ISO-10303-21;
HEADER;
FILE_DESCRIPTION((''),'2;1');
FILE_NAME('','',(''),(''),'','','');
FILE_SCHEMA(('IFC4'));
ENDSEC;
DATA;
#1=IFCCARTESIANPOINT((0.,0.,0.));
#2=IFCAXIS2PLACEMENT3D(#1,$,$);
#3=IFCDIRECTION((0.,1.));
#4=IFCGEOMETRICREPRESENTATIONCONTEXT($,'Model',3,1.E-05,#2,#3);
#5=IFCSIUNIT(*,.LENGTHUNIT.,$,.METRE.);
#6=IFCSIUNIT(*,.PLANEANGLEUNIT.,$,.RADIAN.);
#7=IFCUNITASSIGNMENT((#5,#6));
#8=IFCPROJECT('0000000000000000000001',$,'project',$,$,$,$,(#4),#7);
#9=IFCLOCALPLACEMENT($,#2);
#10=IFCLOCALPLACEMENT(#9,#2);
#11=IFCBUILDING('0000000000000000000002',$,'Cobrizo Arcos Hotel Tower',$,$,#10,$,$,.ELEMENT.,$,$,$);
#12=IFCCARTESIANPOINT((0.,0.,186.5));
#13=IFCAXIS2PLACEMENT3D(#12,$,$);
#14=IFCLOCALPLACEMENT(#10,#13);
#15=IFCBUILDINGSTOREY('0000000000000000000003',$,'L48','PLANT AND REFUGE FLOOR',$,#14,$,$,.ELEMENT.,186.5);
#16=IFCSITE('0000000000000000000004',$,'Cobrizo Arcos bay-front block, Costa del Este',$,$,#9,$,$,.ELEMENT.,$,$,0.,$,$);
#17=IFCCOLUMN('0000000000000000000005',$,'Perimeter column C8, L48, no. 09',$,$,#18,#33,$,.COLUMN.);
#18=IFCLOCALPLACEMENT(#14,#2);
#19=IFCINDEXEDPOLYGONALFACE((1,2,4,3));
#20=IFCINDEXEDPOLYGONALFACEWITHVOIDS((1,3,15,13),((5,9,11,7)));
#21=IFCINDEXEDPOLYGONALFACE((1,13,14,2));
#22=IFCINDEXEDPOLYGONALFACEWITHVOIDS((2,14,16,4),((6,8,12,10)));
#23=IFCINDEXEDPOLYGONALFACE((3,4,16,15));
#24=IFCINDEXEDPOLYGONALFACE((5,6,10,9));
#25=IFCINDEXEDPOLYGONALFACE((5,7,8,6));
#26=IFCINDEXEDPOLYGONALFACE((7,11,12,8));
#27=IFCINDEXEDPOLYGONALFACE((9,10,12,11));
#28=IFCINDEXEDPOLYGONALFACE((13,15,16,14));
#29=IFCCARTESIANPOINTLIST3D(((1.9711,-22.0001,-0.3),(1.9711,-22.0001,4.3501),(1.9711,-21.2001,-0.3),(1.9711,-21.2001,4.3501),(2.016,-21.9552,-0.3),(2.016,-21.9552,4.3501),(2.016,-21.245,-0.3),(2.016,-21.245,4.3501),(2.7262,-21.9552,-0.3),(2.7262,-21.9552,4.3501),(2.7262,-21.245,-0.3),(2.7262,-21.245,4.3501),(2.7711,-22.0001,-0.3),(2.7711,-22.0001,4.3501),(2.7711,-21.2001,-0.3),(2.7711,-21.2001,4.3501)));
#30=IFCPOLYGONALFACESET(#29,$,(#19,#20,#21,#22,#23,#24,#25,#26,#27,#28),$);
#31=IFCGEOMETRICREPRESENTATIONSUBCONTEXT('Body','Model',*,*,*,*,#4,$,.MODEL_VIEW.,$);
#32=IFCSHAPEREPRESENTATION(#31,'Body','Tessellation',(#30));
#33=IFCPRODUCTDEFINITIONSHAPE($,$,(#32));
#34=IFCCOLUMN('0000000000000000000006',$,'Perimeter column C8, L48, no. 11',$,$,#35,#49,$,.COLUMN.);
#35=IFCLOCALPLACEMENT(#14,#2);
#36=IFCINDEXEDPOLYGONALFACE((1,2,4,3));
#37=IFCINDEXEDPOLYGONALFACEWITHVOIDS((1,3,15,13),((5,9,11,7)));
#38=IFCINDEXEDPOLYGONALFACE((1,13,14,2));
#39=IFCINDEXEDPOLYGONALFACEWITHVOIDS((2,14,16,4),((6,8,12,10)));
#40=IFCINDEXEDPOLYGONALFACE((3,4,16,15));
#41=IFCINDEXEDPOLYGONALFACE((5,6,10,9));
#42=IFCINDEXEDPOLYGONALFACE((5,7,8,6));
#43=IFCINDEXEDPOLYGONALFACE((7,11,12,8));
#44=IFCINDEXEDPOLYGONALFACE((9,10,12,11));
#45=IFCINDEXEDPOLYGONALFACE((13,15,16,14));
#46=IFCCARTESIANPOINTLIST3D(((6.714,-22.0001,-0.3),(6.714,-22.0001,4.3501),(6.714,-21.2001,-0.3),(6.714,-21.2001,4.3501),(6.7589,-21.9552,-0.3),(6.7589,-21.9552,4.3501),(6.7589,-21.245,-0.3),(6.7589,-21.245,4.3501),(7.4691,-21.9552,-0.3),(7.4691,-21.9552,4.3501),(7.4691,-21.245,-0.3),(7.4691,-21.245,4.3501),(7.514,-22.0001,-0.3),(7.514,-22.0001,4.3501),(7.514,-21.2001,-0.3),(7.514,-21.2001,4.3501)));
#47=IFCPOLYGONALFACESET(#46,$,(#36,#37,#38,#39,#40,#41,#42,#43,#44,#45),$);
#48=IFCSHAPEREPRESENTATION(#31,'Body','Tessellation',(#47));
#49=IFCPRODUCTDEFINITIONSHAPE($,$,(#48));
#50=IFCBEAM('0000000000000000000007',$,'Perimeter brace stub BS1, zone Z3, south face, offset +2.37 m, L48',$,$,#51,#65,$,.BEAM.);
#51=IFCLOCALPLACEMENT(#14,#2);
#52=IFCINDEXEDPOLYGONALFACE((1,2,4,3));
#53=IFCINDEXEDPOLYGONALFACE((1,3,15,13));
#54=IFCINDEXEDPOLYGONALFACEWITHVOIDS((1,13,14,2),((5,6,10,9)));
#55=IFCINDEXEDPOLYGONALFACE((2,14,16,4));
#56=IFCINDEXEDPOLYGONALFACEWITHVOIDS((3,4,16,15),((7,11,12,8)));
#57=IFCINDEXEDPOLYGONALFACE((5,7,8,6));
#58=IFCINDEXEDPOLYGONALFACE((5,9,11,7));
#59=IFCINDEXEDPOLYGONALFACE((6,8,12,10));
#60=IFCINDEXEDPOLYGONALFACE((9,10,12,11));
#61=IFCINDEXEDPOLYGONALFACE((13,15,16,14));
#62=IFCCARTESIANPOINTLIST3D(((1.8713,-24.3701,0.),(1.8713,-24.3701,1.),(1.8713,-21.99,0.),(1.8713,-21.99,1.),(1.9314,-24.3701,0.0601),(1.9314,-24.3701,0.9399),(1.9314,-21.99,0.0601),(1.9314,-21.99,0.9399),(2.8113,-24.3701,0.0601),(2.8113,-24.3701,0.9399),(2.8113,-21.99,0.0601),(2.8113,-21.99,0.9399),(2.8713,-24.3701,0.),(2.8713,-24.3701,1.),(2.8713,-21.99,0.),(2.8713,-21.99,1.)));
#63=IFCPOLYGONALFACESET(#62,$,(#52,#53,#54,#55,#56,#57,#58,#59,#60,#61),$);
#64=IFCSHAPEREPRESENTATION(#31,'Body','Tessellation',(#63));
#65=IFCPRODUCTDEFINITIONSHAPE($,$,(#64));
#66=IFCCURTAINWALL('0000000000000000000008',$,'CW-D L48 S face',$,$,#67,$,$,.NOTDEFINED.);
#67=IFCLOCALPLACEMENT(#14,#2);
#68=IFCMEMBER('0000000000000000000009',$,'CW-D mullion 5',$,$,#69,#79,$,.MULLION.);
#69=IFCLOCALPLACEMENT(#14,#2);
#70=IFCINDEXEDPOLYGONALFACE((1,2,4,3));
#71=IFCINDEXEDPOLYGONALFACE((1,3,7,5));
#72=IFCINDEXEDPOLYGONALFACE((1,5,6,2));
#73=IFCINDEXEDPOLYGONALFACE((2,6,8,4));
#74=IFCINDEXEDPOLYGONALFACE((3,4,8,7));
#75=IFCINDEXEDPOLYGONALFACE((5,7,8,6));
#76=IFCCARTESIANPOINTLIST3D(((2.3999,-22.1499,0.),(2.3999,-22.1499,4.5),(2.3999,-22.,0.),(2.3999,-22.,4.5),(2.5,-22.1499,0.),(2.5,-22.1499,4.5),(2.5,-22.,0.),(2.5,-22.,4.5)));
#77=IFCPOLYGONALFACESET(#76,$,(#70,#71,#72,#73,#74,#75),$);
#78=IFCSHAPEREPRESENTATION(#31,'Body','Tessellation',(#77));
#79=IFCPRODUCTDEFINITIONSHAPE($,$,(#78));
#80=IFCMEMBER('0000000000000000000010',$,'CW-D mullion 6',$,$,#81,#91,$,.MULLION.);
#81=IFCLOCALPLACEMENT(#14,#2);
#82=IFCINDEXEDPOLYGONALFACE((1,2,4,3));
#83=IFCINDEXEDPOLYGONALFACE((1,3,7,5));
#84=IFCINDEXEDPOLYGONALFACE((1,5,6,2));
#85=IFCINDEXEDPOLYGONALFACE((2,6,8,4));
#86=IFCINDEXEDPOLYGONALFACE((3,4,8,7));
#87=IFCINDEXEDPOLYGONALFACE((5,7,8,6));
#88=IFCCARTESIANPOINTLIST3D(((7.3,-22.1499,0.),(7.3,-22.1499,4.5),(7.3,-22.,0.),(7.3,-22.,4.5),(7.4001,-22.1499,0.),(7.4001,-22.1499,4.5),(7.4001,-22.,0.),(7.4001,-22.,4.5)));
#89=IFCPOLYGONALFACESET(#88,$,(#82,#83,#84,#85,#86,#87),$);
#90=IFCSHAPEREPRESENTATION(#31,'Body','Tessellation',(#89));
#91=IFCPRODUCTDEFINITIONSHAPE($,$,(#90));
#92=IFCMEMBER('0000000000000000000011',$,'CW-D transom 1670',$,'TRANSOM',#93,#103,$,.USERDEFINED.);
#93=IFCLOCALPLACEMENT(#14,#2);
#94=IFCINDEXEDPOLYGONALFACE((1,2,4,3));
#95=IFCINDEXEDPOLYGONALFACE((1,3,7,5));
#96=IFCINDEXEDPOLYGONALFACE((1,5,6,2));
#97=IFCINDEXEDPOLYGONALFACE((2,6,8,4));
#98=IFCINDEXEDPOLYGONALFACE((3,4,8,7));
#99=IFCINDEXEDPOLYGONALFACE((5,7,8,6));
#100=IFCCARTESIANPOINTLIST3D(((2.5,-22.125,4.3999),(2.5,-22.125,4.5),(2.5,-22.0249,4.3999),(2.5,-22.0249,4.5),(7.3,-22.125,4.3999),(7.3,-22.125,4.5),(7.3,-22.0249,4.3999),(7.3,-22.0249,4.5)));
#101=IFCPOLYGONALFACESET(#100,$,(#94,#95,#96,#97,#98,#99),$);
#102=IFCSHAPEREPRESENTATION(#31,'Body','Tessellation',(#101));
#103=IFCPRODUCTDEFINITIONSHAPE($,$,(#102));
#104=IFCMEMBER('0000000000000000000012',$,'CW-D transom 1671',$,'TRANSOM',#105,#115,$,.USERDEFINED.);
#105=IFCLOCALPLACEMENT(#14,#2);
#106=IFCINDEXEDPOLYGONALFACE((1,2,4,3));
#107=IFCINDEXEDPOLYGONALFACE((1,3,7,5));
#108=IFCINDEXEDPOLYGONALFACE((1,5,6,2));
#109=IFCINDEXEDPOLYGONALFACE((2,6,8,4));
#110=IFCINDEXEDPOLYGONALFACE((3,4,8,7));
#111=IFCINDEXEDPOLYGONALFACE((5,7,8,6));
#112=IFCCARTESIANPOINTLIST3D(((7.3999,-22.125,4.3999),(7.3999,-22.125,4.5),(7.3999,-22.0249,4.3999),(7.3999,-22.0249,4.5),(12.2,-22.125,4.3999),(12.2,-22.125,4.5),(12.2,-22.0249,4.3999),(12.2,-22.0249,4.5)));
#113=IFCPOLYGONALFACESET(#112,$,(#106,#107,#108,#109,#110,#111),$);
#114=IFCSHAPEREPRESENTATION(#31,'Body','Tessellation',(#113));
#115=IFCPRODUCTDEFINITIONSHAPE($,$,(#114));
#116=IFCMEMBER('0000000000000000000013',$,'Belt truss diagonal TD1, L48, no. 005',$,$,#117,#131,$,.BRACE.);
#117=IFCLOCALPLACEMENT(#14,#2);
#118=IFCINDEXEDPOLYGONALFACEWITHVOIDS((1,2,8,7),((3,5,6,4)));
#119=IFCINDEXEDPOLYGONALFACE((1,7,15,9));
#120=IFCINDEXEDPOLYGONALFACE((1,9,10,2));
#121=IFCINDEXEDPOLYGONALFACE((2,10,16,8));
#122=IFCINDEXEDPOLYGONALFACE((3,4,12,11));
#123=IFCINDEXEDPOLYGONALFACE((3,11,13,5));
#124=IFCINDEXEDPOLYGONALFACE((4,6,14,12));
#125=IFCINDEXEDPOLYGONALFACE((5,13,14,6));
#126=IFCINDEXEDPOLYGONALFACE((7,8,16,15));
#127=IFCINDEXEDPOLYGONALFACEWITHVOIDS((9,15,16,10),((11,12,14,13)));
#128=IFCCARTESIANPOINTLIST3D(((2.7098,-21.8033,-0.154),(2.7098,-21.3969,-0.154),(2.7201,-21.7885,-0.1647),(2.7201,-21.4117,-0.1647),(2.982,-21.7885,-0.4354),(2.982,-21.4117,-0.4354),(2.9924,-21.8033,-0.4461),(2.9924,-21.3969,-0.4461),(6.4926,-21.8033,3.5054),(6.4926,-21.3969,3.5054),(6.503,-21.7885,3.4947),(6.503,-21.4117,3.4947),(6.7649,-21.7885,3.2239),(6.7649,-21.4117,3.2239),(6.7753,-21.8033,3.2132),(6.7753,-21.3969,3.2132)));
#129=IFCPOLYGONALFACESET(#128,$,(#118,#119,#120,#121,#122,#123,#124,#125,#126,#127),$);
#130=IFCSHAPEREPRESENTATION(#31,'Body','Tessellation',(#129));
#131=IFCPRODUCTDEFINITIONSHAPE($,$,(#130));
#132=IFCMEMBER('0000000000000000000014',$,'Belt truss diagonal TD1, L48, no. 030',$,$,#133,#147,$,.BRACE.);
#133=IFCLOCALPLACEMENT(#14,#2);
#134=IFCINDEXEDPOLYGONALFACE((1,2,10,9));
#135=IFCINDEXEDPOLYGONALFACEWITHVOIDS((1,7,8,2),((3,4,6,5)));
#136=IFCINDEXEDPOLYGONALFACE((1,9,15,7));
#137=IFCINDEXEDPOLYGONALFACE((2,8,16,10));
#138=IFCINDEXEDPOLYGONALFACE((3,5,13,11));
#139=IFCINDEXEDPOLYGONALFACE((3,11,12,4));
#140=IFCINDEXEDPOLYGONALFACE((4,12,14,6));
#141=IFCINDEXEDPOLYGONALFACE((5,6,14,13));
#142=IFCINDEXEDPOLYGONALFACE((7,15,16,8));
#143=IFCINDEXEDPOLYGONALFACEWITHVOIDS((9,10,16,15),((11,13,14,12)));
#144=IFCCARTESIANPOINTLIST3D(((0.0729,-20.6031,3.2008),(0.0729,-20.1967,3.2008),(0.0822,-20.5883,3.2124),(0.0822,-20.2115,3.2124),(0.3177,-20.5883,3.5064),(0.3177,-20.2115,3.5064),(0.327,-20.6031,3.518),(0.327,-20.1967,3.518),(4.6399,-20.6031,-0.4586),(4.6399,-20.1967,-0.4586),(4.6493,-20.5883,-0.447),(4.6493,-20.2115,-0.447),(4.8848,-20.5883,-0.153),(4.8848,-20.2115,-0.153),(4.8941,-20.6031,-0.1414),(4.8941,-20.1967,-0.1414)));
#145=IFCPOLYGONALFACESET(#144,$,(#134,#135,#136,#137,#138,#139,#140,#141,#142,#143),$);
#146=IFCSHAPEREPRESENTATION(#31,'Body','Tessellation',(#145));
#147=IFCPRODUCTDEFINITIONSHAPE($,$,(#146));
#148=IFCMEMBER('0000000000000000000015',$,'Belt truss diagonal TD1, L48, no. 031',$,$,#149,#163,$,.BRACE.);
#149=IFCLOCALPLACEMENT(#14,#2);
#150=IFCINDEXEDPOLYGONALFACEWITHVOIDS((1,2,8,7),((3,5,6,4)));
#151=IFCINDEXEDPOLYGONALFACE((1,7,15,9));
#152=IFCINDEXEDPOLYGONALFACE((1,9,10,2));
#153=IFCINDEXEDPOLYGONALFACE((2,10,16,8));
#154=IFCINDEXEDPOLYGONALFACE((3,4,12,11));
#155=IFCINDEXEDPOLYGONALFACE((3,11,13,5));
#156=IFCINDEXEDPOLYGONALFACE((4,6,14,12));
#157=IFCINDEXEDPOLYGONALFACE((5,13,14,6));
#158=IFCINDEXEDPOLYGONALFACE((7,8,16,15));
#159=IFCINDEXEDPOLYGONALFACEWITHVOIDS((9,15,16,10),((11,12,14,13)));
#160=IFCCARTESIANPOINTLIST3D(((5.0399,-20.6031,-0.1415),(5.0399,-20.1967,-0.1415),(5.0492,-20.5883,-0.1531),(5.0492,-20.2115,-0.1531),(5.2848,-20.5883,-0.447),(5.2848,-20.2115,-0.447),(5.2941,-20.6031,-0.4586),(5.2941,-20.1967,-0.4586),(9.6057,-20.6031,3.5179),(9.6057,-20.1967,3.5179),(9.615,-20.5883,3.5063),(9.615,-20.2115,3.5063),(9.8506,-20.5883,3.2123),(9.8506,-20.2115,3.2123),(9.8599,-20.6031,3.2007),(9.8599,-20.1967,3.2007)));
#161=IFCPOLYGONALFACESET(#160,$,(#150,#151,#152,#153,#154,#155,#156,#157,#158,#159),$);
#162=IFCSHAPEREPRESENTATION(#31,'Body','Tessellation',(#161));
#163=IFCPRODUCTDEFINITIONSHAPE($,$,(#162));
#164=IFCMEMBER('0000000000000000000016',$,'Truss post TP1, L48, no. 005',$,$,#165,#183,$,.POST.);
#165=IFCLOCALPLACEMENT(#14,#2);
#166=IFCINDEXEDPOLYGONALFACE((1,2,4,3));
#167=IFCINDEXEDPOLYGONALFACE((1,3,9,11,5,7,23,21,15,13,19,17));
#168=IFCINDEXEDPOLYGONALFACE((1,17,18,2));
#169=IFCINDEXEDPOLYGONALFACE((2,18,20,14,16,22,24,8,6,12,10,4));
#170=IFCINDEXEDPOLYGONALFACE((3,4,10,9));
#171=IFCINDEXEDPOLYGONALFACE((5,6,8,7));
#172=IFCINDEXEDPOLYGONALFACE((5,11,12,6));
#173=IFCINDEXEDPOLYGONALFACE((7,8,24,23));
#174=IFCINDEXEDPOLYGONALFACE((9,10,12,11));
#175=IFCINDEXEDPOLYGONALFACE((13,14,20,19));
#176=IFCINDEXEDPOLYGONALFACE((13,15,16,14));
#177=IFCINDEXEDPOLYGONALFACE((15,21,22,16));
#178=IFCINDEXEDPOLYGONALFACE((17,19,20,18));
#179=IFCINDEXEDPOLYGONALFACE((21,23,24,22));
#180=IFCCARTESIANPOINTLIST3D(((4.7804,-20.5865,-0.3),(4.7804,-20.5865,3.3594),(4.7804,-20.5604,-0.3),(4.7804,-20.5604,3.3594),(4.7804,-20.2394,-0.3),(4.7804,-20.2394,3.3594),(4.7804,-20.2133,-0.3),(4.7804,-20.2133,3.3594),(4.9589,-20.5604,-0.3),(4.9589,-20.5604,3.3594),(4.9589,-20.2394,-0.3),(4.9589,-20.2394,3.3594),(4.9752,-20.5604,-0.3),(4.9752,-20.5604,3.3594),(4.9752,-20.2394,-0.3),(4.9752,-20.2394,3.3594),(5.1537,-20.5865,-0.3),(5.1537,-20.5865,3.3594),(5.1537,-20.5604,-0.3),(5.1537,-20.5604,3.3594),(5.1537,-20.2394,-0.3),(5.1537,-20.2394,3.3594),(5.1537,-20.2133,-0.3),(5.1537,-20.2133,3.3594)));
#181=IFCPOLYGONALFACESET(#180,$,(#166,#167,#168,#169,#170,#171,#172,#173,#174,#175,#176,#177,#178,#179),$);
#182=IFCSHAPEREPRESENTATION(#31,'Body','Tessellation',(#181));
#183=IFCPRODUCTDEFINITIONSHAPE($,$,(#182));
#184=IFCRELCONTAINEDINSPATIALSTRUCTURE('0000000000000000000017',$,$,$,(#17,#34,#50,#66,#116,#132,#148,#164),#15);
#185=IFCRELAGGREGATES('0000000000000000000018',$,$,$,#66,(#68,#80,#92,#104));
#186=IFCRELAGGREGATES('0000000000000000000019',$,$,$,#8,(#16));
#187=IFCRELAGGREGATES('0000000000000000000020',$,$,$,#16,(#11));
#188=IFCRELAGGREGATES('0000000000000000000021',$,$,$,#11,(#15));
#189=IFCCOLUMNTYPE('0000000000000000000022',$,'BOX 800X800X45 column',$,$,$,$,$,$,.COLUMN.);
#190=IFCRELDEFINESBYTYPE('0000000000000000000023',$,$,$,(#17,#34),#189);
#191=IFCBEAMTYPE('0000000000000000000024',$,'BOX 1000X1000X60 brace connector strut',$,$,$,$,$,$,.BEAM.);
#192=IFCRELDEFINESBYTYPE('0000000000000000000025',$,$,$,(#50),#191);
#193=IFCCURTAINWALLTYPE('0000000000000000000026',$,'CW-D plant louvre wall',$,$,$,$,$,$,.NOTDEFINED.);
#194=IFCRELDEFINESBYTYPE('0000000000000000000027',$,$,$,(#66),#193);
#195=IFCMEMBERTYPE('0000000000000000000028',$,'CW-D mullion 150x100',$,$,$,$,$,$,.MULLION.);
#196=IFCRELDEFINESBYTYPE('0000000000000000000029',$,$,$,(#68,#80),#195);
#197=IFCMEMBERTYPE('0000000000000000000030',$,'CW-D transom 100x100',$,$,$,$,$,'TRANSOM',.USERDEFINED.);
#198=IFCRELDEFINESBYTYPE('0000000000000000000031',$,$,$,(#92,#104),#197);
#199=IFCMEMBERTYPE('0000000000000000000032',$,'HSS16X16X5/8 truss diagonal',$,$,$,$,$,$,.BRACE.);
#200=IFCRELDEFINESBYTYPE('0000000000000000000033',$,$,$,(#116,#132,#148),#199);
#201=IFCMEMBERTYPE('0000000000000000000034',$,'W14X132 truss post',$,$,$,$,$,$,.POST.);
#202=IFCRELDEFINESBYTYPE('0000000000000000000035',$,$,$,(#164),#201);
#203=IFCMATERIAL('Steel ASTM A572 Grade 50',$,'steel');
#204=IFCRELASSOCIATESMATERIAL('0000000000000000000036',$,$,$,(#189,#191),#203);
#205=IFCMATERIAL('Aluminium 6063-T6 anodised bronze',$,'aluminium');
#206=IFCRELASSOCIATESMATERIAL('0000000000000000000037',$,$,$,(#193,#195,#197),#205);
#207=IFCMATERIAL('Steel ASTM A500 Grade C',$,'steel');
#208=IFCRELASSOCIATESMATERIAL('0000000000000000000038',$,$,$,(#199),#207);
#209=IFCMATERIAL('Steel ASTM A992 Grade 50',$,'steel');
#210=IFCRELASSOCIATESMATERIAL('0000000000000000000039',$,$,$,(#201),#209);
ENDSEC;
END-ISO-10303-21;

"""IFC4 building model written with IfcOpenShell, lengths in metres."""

from ifc_helpers import new_model, si_unit, direction, frame, origin, origin_2d, place, context, subcontext, project, spatial, rectangle, hollow_rectangle, i_section, extrude, material, material_profile, profile_set, type_object, element, aggregate, save


model = new_model("IFC4")

# Units and contexts
model_context = context("Model", 3, precision=1e-05, world=origin(), true_north=direction((0.0, 1.0)))
body_context = subcontext(model_context, "Body", "Model", "MODEL_VIEW")
ifc_project = project(units=[si_unit("LENGTHUNIT", "METRE"), si_unit("PLANEANGLEUNIT", "RADIAN")], contexts=[model_context])

# Site, building, storey
site_placement = place(None, origin())
site = spatial("IfcSite", under=ifc_project, at=site_placement, Name="Cobrizo Arcos bay-front block, Costa del Este", CompositionType="ELEMENT", RefElevation=0.0)
building_placement = place(site_placement, origin())
building = spatial("IfcBuilding", under=site, at=building_placement, Name="Cobrizo Arcos Hotel Tower", CompositionType="ELEMENT")
storey_placement = place(building_placement, frame((0.0, 0.0, 186.5)))
storey = spatial("IfcBuildingStorey", under=building, at=storey_placement, Name="L48", Description="PLANT AND REFUGE FLOOR", CompositionType="ELEMENT", Elevation=186.5)

# Columns
ifc_material_1 = material(Name="Steel ASTM A572 Grade 50", Category="steel")
ifc_material_profile_1 = material_profile(ifc_material_1, hollow_rectangle(XDim=0.8, YDim=0.8, WallThickness=0.0449, at=origin_2d()), Name="BOX 800X800X45")
ifc_profile_set_1 = profile_set([ifc_material_profile_1], Name="Steel ASTM A572 Grade 50")
column_type = type_object("IfcColumnType", Name="BOX 800X800X45 column", PredefinedType="COLUMN", material=ifc_profile_set_1)
for number, where, z_axis, x_axis, name in (
    (1, (2.3711, -21.6001, -0.3), (0.0, 0.0, 1.0), (1.0, 0.0, 0.0), "Perimeter column C8, L48, no. 09"),
    (2, (7.114, -21.6001, -0.3), (0.0, 0.0, 1.0), (1.0, 0.0, 0.0), "Perimeter column C8, L48, no. 11"),
):
    element("IfcColumn", number, at=place(storey_placement, frame(where, z_axis=z_axis, x_axis=x_axis)), inside=storey, type_object=column_type, Name=name, PredefinedType="COLUMN", context=body_context, shape_type="SweptSolid", body=[
        extrude(hollow_rectangle(XDim=0.8, YDim=0.8, WallThickness=0.0449, at=origin_2d()), origin(), (0.0, 0.0, 1.0), 4.6501),
    ])

# Beam
ifc_material_profile_2 = material_profile(ifc_material_1, hollow_rectangle(XDim=1.0, YDim=1.0, WallThickness=0.0601, at=origin_2d()), Name="BOX 1000X1000X60")
ifc_profile_set_2 = profile_set([ifc_material_profile_2], Name="Steel ASTM A572 Grade 50")
beam_type = type_object("IfcBeamType", Name="BOX 1000X1000X60 brace connector strut", PredefinedType="BEAM", material=ifc_profile_set_2)
beam_placement = place(storey_placement, frame((2.3713, -21.99, 0.5), z_axis=(0.0, -1.0, 0.0), x_axis=(1.0, 0.0, 0.0)))
element("IfcBeam", 3, at=beam_placement, inside=storey, type_object=beam_type, Name="Perimeter brace stub BS1, zone Z3, south face, offset +2.37 m, L48", PredefinedType="BEAM", context=body_context, shape_type="SweptSolid", body=[
    extrude(hollow_rectangle(XDim=1.0, YDim=1.0, WallThickness=0.0601, at=origin_2d()), origin(), (0.0, 0.0, 1.0), 2.3801),
])

# Curtain wall, members
ifc_material_2 = material(Name="Aluminium 6063-T6 anodised bronze", Category="aluminium")
curtain_wall_type = type_object("IfcCurtainWallType", Name="CW-D plant louvre wall", PredefinedType="NOTDEFINED", material=ifc_material_2)
curtain_wall_placement = place(storey_placement, origin())
curtain_wall = element("IfcCurtainWall", 4, at=curtain_wall_placement, inside=storey, type_object=curtain_wall_type, Name="CW-D L48 S face", PredefinedType="NOTDEFINED")
ifc_material_profile_3 = material_profile(ifc_material_2, rectangle(XDim=0.1499, YDim=0.1001, at=origin_2d()), Name="CW-D mullion 150x100")
ifc_profile_set_3 = profile_set([ifc_material_profile_3], Name="Aluminium 6063-T6 anodised bronze")
member_type_1 = type_object("IfcMemberType", Name="CW-D mullion 150x100", PredefinedType="MULLION", material=ifc_profile_set_3)
member_1_placement = place(storey_placement, frame((2.45, -22.075, 0.0), z_axis=(0.0, 0.0, 1.0), x_axis=(0.0, -1.0, 0.0)))
member_1 = element("IfcMember", 5, at=member_1_placement, type_object=member_type_1, Name="CW-D mullion 5", PredefinedType="MULLION", context=body_context, shape_type="SweptSolid", body=[
    extrude(rectangle(XDim=0.1499, YDim=0.1001, at=origin_2d()), origin(), (0.0, 0.0, 1.0), 4.5),
])
member_2_placement = place(storey_placement, frame((7.3501, -22.075, 0.0), z_axis=(0.0, 0.0, 1.0), x_axis=(0.0, -1.0, 0.0)))
member_2 = element("IfcMember", 6, at=member_2_placement, type_object=member_type_1, Name="CW-D mullion 6", PredefinedType="MULLION", context=body_context, shape_type="SweptSolid", body=[
    extrude(rectangle(XDim=0.1499, YDim=0.1001, at=origin_2d()), origin(), (0.0, 0.0, 1.0), 4.5),
])
ifc_material_profile_4 = material_profile(ifc_material_2, rectangle(XDim=0.1001, YDim=0.1001, at=origin_2d()), Name="CW-D transom 100x100")
ifc_profile_set_4 = profile_set([ifc_material_profile_4], Name="Aluminium 6063-T6 anodised bronze")
member_type_2 = type_object("IfcMemberType", Name="CW-D transom 100x100", ElementType="TRANSOM", PredefinedType="USERDEFINED", material=ifc_profile_set_4)
member_3_placement = place(storey_placement, frame((2.5, -22.075, 4.45), z_axis=(1.0, 0.0, 0.0), x_axis=(0.0, 1.0, 0.0)))
member_3 = element("IfcMember", 7, at=member_3_placement, type_object=member_type_2, Name="CW-D transom 1670", ObjectType="TRANSOM", PredefinedType="USERDEFINED", context=body_context, shape_type="SweptSolid", body=[
    extrude(rectangle(XDim=0.1001, YDim=0.1001, at=origin_2d()), origin(), (0.0, 0.0, 1.0), 4.8),
])
member_4_placement = place(storey_placement, frame((7.3999, -22.075, 4.45), z_axis=(1.0, 0.0, 0.0), x_axis=(0.0, 1.0, 0.0)))
member_4 = element("IfcMember", 8, at=member_4_placement, type_object=member_type_2, Name="CW-D transom 1671", ObjectType="TRANSOM", PredefinedType="USERDEFINED", context=body_context, shape_type="SweptSolid", body=[
    extrude(rectangle(XDim=0.1001, YDim=0.1001, at=origin_2d()), origin(), (0.0, 0.0, 1.0), 4.8),
])

# Members
ifc_material_3 = material(Name="Steel ASTM A500 Grade C", Category="steel")
ifc_material_profile_5 = material_profile(ifc_material_3, hollow_rectangle(XDim=0.4065, YDim=0.4065, WallThickness=0.0149, at=origin_2d()), Name="HSS16X16X5/8")
ifc_profile_set_5 = profile_set([ifc_material_profile_5], Name="Steel ASTM A500 Grade C")
member_type_3 = type_object("IfcMemberType", Name="HSS16X16X5/8 truss diagonal", PredefinedType="BRACE", material=ifc_profile_set_5)
member_5_placement = place(storey_placement, frame((2.8511, -21.6001, -0.3), z_axis=(0.718745, 0.0, 0.695274), x_axis=(0.0, 1.0, 0.0)))
element("IfcMember", 9, at=member_5_placement, inside=storey, type_object=member_type_3, Name="Belt truss diagonal TD1, L48, no. 005", PredefinedType="BRACE", context=body_context, shape_type="SweptSolid", body=[
    extrude(hollow_rectangle(XDim=0.4065, YDim=0.4065, WallThickness=0.0149, at=origin_2d()), origin(), (0.0, 0.0, 1.0), 5.2632),
])
member_6_placement = place(storey_placement, frame((0.2, -20.3999, 3.3594), z_axis=(0.780392, 0.0, -0.62529), x_axis=(0.0, 1.0, 0.0)))
element("IfcMember", 10, at=member_6_placement, inside=storey, type_object=member_type_3, Name="Belt truss diagonal TD1, L48, no. 030", PredefinedType="BRACE", context=body_context, shape_type="SweptSolid", body=[
    extrude(hollow_rectangle(XDim=0.4065, YDim=0.4065, WallThickness=0.0149, at=origin_2d()), origin(), (0.0, 0.0, 1.0), 5.8523),
])
member_7_placement = place(storey_placement, frame((5.167, -20.3999, -0.3), z_axis=(0.780311, 0.0, 0.625392), x_axis=(0.0, 1.0, 0.0)))
element("IfcMember", 11, at=member_7_placement, inside=storey, type_object=member_type_3, Name="Belt truss diagonal TD1, L48, no. 031", PredefinedType="BRACE", context=body_context, shape_type="SweptSolid", body=[
    extrude(hollow_rectangle(XDim=0.4065, YDim=0.4065, WallThickness=0.0149, at=origin_2d()), origin(), (0.0, 0.0, 1.0), 5.8513),
])
ifc_material_4 = material(Name="Steel ASTM A992 Grade 50", Category="steel")
ifc_material_profile_6 = material_profile(ifc_material_4, i_section(OverallWidth=0.3733, OverallDepth=0.3733, WebThickness=0.0164, FlangeThickness=0.0261, at=origin_2d()), Name="W14X132")
ifc_profile_set_6 = profile_set([ifc_material_profile_6], Name="Steel ASTM A992 Grade 50")
member_type_4 = type_object("IfcMemberType", Name="W14X132 truss post", PredefinedType="POST", material=ifc_profile_set_6)
member_8_placement = place(storey_placement, frame((4.967, -20.3999, -0.3), z_axis=(0.0, 0.0, 1.0), x_axis=(1.0, 0.0, 0.0)))
element("IfcMember", 12, at=member_8_placement, inside=storey, type_object=member_type_4, Name="Truss post TP1, L48, no. 005", PredefinedType="POST", context=body_context, shape_type="SweptSolid", body=[
    extrude(i_section(OverallWidth=0.3733, OverallDepth=0.3733, WebThickness=0.0164, FlangeThickness=0.0261, at=origin_2d()), origin(), (0.0, 0.0, 1.0), 3.6594),
])

aggregate(curtain_wall, [member_1, member_2, member_3, member_4])

save(model, "model.ifc")
